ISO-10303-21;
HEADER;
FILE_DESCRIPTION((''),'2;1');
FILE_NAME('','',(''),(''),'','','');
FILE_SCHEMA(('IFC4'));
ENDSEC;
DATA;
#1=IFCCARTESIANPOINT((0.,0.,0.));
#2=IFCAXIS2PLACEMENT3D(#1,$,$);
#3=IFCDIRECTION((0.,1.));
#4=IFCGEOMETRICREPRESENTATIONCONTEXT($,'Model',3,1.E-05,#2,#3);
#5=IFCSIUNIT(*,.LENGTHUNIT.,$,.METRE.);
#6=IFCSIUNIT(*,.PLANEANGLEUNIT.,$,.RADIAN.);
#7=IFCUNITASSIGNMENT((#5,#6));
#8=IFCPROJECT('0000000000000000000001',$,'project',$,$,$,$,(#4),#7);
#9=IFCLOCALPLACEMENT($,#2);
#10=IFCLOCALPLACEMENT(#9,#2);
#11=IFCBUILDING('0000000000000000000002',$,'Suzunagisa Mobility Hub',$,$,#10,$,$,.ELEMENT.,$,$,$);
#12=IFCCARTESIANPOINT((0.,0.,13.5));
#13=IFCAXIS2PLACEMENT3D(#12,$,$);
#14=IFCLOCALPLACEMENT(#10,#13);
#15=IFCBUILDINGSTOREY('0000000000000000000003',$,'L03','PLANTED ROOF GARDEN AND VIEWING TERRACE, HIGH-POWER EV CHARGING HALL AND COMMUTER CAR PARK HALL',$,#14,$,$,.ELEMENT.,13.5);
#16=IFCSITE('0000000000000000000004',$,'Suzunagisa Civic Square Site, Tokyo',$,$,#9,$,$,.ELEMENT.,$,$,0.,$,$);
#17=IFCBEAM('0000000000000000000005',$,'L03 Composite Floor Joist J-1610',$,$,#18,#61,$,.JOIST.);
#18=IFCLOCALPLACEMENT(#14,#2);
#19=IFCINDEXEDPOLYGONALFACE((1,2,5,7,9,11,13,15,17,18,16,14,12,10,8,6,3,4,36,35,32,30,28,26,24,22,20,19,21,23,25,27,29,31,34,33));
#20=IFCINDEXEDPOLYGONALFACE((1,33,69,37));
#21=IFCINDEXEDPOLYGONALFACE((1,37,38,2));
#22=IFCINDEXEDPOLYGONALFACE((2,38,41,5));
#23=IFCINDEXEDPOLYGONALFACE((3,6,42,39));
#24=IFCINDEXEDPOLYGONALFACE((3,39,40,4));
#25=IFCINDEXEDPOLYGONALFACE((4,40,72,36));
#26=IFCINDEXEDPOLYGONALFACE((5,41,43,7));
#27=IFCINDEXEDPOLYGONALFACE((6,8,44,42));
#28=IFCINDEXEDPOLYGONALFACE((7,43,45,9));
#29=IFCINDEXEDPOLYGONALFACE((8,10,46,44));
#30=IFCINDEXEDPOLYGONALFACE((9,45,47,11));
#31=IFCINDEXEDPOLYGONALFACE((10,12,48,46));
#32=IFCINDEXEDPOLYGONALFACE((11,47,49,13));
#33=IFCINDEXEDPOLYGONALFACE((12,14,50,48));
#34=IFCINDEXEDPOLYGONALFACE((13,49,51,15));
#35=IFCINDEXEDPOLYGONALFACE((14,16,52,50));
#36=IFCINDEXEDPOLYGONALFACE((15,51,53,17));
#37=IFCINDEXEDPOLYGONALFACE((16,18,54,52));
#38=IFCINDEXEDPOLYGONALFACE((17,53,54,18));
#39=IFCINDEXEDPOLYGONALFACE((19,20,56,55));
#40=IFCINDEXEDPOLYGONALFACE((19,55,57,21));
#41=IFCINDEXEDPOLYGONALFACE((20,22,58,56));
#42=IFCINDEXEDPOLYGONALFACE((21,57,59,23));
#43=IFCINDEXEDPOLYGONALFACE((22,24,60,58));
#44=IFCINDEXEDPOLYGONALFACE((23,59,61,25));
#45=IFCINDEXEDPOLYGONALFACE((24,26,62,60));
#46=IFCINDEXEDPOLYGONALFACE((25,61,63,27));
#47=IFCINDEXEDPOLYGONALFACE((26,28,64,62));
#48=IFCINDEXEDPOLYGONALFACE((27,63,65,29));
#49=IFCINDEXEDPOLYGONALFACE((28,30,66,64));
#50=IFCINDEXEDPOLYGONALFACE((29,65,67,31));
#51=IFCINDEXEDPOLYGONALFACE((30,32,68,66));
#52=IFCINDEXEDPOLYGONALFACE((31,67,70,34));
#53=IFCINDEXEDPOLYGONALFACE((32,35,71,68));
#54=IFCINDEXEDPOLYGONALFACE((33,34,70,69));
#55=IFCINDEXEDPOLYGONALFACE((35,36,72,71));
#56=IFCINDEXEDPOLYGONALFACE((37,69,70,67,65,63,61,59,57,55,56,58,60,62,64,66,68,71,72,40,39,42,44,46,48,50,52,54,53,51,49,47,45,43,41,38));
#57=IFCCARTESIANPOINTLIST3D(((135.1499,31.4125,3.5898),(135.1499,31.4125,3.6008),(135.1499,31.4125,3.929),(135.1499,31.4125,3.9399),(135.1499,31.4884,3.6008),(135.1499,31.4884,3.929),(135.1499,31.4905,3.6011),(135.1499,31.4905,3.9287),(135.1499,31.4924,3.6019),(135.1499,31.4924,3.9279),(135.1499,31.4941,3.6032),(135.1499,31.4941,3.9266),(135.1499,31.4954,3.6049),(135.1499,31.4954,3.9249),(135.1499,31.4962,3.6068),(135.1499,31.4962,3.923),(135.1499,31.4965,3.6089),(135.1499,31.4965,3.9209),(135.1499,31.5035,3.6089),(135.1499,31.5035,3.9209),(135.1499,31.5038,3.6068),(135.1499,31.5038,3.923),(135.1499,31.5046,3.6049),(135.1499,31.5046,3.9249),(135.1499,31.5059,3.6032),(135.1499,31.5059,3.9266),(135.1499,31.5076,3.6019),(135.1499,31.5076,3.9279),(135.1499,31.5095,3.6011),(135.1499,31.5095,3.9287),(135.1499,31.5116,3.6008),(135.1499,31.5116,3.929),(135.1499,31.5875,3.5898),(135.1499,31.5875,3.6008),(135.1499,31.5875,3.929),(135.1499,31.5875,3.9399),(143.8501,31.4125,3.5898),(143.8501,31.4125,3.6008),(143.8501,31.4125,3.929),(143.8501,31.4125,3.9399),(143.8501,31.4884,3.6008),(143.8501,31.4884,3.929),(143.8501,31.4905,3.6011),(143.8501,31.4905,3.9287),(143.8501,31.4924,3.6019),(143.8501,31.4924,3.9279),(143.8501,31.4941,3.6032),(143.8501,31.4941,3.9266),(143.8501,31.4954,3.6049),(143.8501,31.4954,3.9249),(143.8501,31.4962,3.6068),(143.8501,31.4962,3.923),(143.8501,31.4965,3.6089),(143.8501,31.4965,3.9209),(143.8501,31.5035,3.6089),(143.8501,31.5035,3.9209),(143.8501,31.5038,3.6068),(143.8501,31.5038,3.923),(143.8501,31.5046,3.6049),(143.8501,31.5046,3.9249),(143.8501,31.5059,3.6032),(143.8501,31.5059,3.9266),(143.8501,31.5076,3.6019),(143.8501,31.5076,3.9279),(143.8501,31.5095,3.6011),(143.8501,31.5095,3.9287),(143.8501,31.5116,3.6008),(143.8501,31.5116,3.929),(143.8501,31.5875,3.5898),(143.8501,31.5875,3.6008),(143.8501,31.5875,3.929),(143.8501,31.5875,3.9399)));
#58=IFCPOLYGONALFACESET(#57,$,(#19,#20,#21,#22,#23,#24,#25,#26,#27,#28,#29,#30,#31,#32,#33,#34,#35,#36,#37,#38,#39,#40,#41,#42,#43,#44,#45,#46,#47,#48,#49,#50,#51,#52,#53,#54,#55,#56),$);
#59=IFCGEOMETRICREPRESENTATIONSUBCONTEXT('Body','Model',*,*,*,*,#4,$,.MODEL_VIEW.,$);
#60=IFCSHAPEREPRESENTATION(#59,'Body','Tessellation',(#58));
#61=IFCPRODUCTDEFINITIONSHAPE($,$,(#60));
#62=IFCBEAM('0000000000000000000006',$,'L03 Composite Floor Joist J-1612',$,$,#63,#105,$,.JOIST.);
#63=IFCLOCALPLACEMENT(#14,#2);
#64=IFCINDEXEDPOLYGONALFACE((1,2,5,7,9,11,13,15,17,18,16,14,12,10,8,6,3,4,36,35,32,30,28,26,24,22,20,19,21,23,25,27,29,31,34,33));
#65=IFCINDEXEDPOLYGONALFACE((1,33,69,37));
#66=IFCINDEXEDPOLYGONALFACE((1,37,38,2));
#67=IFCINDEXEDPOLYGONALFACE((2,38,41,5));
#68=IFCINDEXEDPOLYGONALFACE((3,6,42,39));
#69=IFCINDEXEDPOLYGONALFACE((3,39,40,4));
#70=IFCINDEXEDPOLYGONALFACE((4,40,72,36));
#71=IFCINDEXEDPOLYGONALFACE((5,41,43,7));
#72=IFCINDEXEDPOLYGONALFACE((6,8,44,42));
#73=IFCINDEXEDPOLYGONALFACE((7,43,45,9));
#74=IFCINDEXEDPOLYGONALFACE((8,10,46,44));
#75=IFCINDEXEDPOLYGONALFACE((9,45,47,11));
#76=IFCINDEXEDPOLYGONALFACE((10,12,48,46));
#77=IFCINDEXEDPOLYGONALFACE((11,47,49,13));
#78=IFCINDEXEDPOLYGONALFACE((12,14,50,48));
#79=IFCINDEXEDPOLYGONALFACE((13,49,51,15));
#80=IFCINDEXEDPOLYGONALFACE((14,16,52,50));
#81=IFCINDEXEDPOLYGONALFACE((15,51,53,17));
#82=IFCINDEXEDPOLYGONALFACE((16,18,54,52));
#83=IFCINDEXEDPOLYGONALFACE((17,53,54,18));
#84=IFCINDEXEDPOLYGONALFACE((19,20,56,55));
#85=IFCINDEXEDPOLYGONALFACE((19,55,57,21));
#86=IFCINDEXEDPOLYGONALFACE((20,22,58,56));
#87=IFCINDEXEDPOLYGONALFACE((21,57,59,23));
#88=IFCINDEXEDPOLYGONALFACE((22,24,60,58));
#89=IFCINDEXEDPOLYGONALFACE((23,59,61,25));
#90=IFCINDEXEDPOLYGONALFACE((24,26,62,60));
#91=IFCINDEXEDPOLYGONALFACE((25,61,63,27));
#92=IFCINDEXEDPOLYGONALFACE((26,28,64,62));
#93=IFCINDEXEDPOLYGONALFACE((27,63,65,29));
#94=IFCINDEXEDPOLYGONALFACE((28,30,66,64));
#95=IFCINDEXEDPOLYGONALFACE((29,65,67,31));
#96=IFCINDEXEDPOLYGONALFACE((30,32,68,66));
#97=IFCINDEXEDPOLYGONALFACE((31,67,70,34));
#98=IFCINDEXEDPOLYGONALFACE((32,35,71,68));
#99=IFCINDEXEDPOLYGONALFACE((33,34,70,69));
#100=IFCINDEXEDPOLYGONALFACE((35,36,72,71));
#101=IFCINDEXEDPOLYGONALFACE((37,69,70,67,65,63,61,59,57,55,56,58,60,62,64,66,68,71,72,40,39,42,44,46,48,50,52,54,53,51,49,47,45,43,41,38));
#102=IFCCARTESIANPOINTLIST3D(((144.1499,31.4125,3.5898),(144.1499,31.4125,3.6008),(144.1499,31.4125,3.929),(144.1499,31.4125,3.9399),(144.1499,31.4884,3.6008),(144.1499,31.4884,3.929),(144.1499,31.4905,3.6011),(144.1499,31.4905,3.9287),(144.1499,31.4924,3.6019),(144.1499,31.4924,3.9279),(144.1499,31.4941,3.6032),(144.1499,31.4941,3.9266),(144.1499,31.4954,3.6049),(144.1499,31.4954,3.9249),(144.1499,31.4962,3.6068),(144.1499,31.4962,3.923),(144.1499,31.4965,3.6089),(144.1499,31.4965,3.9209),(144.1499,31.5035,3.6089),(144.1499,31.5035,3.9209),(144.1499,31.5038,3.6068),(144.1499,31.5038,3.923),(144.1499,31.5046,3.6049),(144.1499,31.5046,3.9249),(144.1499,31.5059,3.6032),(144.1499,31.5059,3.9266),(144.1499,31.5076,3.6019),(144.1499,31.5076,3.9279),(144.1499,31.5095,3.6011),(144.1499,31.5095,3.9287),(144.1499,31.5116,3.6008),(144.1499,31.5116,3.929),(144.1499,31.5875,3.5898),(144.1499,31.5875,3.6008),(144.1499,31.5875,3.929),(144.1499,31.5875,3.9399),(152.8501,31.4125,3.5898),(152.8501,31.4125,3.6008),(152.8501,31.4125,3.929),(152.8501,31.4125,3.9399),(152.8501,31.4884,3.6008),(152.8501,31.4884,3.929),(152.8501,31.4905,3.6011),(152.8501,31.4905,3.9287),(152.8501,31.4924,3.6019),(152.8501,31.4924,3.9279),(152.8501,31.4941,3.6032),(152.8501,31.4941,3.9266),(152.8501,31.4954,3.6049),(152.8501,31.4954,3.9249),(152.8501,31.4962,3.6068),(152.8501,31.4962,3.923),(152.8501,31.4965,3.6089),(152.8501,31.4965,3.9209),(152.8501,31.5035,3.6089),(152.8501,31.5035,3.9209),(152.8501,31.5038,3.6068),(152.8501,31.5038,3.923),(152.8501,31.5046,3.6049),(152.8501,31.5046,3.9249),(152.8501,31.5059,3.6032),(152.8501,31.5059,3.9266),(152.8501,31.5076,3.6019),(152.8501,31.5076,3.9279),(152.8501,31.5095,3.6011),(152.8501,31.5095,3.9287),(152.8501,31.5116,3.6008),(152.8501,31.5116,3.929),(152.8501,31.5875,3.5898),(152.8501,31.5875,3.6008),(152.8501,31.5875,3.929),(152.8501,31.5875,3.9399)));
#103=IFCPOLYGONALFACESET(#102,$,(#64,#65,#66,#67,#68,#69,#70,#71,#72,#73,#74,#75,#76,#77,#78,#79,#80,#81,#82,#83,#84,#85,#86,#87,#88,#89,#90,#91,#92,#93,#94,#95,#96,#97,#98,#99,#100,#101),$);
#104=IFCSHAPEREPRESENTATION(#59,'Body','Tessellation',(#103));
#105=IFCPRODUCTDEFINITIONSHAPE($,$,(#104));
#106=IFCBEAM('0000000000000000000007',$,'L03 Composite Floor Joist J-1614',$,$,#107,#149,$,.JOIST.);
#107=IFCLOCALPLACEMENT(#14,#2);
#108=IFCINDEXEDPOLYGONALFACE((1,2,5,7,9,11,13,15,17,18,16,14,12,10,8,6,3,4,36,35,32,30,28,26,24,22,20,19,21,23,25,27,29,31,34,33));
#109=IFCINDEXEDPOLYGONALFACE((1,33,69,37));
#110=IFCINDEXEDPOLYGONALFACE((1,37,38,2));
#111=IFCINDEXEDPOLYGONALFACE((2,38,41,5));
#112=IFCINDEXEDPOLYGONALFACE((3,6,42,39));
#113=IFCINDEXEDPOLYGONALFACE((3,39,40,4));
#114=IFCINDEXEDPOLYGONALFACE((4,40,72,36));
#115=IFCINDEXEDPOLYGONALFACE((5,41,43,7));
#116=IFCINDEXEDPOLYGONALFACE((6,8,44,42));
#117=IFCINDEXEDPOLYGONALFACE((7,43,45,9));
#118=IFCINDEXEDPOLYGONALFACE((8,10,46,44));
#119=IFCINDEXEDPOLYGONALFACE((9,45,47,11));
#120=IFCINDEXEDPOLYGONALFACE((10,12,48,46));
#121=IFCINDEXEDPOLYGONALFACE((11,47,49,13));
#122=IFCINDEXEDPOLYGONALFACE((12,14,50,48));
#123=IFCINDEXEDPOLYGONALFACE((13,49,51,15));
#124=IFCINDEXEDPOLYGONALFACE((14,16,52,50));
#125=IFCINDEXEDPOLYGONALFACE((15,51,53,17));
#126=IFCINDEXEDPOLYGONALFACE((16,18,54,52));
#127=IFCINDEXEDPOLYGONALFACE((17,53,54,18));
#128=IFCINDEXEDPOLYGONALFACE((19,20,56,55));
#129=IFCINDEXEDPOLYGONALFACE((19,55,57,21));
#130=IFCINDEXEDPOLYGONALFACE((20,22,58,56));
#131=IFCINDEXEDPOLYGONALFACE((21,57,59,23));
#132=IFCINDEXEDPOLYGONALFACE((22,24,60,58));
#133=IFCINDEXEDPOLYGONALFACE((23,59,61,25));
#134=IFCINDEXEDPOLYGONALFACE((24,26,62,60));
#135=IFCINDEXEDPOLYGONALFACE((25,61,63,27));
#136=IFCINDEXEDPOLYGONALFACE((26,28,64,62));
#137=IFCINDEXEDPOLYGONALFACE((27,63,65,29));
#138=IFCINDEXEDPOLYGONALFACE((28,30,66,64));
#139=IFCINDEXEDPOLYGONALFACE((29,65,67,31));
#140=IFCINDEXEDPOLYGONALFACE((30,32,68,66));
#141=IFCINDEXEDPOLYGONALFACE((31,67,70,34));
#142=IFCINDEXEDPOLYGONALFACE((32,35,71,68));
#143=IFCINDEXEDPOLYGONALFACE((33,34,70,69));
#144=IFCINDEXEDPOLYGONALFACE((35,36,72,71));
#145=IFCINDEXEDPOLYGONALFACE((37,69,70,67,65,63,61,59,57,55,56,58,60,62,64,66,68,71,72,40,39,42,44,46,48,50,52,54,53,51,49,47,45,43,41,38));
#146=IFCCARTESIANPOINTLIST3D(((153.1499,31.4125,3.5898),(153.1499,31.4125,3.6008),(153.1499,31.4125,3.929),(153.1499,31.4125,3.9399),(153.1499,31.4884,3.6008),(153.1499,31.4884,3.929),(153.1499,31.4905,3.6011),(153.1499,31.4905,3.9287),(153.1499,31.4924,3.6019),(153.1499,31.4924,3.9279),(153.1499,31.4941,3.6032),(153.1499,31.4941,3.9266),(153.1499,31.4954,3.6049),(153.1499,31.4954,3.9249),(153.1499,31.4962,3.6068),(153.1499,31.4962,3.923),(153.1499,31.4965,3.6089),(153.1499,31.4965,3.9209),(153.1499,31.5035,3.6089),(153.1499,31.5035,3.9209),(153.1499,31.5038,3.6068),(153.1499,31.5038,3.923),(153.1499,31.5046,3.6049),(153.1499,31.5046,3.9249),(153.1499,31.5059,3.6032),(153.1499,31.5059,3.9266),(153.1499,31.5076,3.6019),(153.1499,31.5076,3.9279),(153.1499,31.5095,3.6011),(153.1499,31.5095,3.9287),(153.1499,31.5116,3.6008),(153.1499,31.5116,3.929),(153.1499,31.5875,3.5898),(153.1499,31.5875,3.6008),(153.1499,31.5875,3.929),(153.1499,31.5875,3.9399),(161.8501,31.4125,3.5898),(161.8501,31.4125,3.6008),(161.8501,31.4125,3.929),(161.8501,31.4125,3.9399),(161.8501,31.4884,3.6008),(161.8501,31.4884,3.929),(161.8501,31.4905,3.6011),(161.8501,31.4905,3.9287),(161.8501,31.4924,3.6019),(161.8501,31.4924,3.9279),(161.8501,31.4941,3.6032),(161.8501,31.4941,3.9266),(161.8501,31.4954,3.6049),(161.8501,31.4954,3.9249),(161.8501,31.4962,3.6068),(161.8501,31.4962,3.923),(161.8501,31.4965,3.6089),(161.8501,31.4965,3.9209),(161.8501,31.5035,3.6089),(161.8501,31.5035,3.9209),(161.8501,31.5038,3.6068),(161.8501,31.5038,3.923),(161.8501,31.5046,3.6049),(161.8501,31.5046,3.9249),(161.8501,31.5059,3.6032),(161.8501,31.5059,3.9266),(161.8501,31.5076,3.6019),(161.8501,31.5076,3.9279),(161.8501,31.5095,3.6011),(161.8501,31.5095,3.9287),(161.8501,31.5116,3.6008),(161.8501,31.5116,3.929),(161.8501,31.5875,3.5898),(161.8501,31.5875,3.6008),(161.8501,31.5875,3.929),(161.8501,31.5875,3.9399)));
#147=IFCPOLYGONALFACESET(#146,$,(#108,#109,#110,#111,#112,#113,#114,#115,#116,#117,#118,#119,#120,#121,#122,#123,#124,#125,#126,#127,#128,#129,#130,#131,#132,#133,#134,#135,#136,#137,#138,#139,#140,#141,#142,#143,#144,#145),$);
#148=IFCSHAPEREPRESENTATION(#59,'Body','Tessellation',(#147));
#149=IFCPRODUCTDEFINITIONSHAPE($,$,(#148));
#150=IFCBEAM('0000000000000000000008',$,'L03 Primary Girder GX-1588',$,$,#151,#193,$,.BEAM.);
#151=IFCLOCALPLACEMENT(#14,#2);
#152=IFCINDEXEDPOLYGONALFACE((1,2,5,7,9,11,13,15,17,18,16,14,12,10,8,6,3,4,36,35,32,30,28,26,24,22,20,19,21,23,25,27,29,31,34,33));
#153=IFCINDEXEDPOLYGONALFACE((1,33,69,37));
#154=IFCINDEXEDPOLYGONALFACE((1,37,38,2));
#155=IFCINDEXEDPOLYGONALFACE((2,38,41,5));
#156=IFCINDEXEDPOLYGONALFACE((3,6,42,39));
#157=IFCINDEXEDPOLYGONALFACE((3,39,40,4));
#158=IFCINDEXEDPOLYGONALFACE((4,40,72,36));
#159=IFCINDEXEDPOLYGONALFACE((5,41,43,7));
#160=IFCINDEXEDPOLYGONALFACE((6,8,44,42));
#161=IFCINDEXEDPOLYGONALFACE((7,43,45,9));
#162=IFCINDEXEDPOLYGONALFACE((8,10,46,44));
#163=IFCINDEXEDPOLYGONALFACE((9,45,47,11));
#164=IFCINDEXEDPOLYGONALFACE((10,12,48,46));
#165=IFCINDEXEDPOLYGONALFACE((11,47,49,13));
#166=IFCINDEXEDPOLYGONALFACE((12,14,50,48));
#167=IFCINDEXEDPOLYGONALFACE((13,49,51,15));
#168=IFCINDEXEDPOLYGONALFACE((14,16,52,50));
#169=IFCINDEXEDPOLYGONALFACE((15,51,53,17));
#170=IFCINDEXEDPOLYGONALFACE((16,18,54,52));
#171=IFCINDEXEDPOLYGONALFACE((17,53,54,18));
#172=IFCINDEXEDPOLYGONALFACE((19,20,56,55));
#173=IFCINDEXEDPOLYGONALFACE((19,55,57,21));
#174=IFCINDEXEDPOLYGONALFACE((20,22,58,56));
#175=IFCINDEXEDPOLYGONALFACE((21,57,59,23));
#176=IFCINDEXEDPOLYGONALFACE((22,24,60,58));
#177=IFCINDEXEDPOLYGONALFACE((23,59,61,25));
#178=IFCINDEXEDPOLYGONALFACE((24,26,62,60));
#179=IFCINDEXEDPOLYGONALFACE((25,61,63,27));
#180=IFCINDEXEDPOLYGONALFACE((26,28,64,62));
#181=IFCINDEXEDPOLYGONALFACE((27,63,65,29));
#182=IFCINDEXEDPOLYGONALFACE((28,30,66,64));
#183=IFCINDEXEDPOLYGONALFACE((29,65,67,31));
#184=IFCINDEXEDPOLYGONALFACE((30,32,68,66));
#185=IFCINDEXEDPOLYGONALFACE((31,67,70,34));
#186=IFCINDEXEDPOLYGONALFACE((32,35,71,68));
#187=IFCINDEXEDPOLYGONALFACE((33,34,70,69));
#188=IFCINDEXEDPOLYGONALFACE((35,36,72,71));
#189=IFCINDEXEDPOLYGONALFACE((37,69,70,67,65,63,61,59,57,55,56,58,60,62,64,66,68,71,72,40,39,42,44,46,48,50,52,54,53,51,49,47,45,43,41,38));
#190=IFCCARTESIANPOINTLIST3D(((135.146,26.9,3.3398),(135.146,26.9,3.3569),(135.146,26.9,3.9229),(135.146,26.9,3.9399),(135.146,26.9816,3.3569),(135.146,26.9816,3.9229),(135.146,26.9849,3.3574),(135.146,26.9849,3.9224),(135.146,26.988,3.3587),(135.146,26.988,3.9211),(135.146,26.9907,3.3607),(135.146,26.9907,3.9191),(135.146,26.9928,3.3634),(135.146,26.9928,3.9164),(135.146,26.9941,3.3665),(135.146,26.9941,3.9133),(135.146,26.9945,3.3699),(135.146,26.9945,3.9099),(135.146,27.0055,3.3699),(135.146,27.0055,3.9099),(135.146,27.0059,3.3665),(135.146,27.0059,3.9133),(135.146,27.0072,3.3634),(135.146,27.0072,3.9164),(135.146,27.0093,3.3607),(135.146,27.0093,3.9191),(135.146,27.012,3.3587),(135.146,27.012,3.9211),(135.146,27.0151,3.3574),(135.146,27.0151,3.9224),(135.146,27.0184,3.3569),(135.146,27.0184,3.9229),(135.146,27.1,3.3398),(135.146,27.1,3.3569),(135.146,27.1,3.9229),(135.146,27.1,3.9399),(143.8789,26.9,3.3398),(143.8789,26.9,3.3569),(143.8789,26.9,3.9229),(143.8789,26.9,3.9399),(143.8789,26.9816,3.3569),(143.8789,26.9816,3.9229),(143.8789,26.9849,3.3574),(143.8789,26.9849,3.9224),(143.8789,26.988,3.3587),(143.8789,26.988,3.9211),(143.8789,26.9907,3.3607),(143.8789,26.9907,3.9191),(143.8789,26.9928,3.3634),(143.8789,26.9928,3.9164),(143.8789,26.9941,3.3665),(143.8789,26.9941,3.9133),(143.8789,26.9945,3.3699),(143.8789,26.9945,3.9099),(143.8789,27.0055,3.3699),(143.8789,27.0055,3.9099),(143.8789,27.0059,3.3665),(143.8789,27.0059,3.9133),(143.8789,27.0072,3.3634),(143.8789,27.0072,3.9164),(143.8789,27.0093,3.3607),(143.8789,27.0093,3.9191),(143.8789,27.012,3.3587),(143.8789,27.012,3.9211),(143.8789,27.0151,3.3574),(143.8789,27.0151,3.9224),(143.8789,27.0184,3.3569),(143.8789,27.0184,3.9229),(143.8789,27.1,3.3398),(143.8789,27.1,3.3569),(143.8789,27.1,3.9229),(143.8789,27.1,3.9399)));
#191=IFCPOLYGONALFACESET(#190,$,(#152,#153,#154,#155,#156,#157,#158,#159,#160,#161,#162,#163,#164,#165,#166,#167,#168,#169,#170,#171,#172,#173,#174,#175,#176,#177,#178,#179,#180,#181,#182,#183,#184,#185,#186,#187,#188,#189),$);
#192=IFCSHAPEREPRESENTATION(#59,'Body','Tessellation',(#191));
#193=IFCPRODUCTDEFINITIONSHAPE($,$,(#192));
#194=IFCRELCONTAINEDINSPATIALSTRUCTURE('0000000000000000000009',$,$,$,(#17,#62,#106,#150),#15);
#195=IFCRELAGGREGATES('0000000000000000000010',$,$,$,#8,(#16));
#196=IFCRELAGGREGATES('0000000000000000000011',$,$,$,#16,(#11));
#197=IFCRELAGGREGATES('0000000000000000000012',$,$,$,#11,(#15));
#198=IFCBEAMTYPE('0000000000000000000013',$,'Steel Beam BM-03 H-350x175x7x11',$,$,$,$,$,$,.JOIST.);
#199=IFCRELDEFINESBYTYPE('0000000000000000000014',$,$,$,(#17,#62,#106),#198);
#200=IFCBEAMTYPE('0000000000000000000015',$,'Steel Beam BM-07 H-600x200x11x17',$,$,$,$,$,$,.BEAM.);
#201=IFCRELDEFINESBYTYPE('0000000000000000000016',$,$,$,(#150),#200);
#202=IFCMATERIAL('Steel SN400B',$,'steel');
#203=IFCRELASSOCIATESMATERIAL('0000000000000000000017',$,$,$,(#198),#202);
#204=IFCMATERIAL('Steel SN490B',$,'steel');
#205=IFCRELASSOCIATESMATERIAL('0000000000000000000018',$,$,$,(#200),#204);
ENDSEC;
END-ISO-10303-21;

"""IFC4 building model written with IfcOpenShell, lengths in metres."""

from ifc_helpers import new_model, si_unit, direction, frame, origin, origin_2d, place, context, subcontext, project, spatial, i_section, extrude, material, material_profile, profile_set, type_object, element, save


model = new_model("IFC4")

# Units and contexts
model_context = context("Model", 3, precision=1e-05, world=origin(), true_north=direction((0.0, 1.0)))
body_context = subcontext(model_context, "Body", "Model", "MODEL_VIEW")
ifc_project = project(units=[si_unit("LENGTHUNIT", "METRE"), si_unit("PLANEANGLEUNIT", "RADIAN")], contexts=[model_context])

# Site, building, storey
site_placement = place(None, origin())
site = spatial("IfcSite", under=ifc_project, at=site_placement, Name="Suzunagisa Civic Square Site, Tokyo", CompositionType="ELEMENT", RefElevation=0.0)
building_placement = place(site_placement, origin())
building = spatial("IfcBuilding", under=site, at=building_placement, Name="Suzunagisa Mobility Hub", CompositionType="ELEMENT")
storey_placement = place(building_placement, frame((0.0, 0.0, 13.5)))
storey = spatial("IfcBuildingStorey", under=building, at=storey_placement, Name="L03", Description="PLANTED ROOF GARDEN AND VIEWING TERRACE, HIGH-POWER EV CHARGING HALL AND COMMUTER CAR PARK HALL", CompositionType="ELEMENT", Elevation=13.5)

# Shared definitions
ifc_material_1 = material(Name="Steel SN490B", Category="steel")

# Beams
ifc_material_2 = material(Name="Steel SN400B", Category="steel")
ifc_material_profile_1 = material_profile(ifc_material_2, i_section(OverallWidth=0.175, OverallDepth=0.3501, WebThickness=0.0071, FlangeThickness=0.011, FilletRadius=0.0081, at=origin_2d()), Name="H-350x175x7x11")
ifc_profile_set_1 = profile_set([ifc_material_profile_1], Name="Steel SN400B")
beam_type_1 = type_object("IfcBeamType", Name="Steel Beam BM-03 H-350x175x7x11", PredefinedType="JOIST", material=ifc_profile_set_1)
for number, where, z_axis, x_axis, name in (
    (1, (135.1499, 31.5, 3.7649), (1.0, 0.0, 0.0), (0.0, 1.0, 0.0), "L03 Composite Floor Joist J-1610"),
    (2, (144.1499, 31.5, 3.7649), (1.0, 0.0, 0.0), (0.0, 1.0, 0.0), "L03 Composite Floor Joist J-1612"),
    (3, (153.1499, 31.5, 3.7649), (1.0, 0.0, 0.0), (0.0, 1.0, 0.0), "L03 Composite Floor Joist J-1614"),
):
    element("IfcBeam", number, at=place(storey_placement, frame(where, z_axis=z_axis, x_axis=x_axis)), inside=storey, type_object=beam_type_1, Name=name, PredefinedType="JOIST", context=body_context, shape_type="SweptSolid", body=[
        extrude(i_section(OverallWidth=0.175, OverallDepth=0.3501, WebThickness=0.0071, FlangeThickness=0.011, FilletRadius=0.0081, at=origin_2d()), origin(), (0.0, 0.0, 1.0), 8.7002),
    ])
ifc_material_profile_2 = material_profile(ifc_material_1, i_section(OverallWidth=0.2, OverallDepth=0.6001, WebThickness=0.011, FlangeThickness=0.0171, FilletRadius=0.0129, at=origin_2d()), Name="H-600x200x11x17")
ifc_profile_set_2 = profile_set([ifc_material_profile_2], Name="Steel SN490B")
beam_type_2 = type_object("IfcBeamType", Name="Steel Beam BM-07 H-600x200x11x17", PredefinedType="BEAM", material=ifc_profile_set_2)
for number, where, z_axis, x_axis, name in (
    (4, (135.146, 27.0, 3.6399), (1.0, 0.0, 0.0), (0.0, 1.0, 0.0), "L03 Primary Girder GX-1588"),
):
    element("IfcBeam", number, at=place(storey_placement, frame(where, z_axis=z_axis, x_axis=x_axis)), inside=storey, type_object=beam_type_2, Name=name, PredefinedType="BEAM", context=body_context, shape_type="SweptSolid", body=[
        extrude(i_section(OverallWidth=0.2, OverallDepth=0.6001, WebThickness=0.011, FlangeThickness=0.0171, FilletRadius=0.0129, at=origin_2d()), origin(), (0.0, 0.0, 1.0), 8.7329),
    ])

save(model, "model.ifc")
